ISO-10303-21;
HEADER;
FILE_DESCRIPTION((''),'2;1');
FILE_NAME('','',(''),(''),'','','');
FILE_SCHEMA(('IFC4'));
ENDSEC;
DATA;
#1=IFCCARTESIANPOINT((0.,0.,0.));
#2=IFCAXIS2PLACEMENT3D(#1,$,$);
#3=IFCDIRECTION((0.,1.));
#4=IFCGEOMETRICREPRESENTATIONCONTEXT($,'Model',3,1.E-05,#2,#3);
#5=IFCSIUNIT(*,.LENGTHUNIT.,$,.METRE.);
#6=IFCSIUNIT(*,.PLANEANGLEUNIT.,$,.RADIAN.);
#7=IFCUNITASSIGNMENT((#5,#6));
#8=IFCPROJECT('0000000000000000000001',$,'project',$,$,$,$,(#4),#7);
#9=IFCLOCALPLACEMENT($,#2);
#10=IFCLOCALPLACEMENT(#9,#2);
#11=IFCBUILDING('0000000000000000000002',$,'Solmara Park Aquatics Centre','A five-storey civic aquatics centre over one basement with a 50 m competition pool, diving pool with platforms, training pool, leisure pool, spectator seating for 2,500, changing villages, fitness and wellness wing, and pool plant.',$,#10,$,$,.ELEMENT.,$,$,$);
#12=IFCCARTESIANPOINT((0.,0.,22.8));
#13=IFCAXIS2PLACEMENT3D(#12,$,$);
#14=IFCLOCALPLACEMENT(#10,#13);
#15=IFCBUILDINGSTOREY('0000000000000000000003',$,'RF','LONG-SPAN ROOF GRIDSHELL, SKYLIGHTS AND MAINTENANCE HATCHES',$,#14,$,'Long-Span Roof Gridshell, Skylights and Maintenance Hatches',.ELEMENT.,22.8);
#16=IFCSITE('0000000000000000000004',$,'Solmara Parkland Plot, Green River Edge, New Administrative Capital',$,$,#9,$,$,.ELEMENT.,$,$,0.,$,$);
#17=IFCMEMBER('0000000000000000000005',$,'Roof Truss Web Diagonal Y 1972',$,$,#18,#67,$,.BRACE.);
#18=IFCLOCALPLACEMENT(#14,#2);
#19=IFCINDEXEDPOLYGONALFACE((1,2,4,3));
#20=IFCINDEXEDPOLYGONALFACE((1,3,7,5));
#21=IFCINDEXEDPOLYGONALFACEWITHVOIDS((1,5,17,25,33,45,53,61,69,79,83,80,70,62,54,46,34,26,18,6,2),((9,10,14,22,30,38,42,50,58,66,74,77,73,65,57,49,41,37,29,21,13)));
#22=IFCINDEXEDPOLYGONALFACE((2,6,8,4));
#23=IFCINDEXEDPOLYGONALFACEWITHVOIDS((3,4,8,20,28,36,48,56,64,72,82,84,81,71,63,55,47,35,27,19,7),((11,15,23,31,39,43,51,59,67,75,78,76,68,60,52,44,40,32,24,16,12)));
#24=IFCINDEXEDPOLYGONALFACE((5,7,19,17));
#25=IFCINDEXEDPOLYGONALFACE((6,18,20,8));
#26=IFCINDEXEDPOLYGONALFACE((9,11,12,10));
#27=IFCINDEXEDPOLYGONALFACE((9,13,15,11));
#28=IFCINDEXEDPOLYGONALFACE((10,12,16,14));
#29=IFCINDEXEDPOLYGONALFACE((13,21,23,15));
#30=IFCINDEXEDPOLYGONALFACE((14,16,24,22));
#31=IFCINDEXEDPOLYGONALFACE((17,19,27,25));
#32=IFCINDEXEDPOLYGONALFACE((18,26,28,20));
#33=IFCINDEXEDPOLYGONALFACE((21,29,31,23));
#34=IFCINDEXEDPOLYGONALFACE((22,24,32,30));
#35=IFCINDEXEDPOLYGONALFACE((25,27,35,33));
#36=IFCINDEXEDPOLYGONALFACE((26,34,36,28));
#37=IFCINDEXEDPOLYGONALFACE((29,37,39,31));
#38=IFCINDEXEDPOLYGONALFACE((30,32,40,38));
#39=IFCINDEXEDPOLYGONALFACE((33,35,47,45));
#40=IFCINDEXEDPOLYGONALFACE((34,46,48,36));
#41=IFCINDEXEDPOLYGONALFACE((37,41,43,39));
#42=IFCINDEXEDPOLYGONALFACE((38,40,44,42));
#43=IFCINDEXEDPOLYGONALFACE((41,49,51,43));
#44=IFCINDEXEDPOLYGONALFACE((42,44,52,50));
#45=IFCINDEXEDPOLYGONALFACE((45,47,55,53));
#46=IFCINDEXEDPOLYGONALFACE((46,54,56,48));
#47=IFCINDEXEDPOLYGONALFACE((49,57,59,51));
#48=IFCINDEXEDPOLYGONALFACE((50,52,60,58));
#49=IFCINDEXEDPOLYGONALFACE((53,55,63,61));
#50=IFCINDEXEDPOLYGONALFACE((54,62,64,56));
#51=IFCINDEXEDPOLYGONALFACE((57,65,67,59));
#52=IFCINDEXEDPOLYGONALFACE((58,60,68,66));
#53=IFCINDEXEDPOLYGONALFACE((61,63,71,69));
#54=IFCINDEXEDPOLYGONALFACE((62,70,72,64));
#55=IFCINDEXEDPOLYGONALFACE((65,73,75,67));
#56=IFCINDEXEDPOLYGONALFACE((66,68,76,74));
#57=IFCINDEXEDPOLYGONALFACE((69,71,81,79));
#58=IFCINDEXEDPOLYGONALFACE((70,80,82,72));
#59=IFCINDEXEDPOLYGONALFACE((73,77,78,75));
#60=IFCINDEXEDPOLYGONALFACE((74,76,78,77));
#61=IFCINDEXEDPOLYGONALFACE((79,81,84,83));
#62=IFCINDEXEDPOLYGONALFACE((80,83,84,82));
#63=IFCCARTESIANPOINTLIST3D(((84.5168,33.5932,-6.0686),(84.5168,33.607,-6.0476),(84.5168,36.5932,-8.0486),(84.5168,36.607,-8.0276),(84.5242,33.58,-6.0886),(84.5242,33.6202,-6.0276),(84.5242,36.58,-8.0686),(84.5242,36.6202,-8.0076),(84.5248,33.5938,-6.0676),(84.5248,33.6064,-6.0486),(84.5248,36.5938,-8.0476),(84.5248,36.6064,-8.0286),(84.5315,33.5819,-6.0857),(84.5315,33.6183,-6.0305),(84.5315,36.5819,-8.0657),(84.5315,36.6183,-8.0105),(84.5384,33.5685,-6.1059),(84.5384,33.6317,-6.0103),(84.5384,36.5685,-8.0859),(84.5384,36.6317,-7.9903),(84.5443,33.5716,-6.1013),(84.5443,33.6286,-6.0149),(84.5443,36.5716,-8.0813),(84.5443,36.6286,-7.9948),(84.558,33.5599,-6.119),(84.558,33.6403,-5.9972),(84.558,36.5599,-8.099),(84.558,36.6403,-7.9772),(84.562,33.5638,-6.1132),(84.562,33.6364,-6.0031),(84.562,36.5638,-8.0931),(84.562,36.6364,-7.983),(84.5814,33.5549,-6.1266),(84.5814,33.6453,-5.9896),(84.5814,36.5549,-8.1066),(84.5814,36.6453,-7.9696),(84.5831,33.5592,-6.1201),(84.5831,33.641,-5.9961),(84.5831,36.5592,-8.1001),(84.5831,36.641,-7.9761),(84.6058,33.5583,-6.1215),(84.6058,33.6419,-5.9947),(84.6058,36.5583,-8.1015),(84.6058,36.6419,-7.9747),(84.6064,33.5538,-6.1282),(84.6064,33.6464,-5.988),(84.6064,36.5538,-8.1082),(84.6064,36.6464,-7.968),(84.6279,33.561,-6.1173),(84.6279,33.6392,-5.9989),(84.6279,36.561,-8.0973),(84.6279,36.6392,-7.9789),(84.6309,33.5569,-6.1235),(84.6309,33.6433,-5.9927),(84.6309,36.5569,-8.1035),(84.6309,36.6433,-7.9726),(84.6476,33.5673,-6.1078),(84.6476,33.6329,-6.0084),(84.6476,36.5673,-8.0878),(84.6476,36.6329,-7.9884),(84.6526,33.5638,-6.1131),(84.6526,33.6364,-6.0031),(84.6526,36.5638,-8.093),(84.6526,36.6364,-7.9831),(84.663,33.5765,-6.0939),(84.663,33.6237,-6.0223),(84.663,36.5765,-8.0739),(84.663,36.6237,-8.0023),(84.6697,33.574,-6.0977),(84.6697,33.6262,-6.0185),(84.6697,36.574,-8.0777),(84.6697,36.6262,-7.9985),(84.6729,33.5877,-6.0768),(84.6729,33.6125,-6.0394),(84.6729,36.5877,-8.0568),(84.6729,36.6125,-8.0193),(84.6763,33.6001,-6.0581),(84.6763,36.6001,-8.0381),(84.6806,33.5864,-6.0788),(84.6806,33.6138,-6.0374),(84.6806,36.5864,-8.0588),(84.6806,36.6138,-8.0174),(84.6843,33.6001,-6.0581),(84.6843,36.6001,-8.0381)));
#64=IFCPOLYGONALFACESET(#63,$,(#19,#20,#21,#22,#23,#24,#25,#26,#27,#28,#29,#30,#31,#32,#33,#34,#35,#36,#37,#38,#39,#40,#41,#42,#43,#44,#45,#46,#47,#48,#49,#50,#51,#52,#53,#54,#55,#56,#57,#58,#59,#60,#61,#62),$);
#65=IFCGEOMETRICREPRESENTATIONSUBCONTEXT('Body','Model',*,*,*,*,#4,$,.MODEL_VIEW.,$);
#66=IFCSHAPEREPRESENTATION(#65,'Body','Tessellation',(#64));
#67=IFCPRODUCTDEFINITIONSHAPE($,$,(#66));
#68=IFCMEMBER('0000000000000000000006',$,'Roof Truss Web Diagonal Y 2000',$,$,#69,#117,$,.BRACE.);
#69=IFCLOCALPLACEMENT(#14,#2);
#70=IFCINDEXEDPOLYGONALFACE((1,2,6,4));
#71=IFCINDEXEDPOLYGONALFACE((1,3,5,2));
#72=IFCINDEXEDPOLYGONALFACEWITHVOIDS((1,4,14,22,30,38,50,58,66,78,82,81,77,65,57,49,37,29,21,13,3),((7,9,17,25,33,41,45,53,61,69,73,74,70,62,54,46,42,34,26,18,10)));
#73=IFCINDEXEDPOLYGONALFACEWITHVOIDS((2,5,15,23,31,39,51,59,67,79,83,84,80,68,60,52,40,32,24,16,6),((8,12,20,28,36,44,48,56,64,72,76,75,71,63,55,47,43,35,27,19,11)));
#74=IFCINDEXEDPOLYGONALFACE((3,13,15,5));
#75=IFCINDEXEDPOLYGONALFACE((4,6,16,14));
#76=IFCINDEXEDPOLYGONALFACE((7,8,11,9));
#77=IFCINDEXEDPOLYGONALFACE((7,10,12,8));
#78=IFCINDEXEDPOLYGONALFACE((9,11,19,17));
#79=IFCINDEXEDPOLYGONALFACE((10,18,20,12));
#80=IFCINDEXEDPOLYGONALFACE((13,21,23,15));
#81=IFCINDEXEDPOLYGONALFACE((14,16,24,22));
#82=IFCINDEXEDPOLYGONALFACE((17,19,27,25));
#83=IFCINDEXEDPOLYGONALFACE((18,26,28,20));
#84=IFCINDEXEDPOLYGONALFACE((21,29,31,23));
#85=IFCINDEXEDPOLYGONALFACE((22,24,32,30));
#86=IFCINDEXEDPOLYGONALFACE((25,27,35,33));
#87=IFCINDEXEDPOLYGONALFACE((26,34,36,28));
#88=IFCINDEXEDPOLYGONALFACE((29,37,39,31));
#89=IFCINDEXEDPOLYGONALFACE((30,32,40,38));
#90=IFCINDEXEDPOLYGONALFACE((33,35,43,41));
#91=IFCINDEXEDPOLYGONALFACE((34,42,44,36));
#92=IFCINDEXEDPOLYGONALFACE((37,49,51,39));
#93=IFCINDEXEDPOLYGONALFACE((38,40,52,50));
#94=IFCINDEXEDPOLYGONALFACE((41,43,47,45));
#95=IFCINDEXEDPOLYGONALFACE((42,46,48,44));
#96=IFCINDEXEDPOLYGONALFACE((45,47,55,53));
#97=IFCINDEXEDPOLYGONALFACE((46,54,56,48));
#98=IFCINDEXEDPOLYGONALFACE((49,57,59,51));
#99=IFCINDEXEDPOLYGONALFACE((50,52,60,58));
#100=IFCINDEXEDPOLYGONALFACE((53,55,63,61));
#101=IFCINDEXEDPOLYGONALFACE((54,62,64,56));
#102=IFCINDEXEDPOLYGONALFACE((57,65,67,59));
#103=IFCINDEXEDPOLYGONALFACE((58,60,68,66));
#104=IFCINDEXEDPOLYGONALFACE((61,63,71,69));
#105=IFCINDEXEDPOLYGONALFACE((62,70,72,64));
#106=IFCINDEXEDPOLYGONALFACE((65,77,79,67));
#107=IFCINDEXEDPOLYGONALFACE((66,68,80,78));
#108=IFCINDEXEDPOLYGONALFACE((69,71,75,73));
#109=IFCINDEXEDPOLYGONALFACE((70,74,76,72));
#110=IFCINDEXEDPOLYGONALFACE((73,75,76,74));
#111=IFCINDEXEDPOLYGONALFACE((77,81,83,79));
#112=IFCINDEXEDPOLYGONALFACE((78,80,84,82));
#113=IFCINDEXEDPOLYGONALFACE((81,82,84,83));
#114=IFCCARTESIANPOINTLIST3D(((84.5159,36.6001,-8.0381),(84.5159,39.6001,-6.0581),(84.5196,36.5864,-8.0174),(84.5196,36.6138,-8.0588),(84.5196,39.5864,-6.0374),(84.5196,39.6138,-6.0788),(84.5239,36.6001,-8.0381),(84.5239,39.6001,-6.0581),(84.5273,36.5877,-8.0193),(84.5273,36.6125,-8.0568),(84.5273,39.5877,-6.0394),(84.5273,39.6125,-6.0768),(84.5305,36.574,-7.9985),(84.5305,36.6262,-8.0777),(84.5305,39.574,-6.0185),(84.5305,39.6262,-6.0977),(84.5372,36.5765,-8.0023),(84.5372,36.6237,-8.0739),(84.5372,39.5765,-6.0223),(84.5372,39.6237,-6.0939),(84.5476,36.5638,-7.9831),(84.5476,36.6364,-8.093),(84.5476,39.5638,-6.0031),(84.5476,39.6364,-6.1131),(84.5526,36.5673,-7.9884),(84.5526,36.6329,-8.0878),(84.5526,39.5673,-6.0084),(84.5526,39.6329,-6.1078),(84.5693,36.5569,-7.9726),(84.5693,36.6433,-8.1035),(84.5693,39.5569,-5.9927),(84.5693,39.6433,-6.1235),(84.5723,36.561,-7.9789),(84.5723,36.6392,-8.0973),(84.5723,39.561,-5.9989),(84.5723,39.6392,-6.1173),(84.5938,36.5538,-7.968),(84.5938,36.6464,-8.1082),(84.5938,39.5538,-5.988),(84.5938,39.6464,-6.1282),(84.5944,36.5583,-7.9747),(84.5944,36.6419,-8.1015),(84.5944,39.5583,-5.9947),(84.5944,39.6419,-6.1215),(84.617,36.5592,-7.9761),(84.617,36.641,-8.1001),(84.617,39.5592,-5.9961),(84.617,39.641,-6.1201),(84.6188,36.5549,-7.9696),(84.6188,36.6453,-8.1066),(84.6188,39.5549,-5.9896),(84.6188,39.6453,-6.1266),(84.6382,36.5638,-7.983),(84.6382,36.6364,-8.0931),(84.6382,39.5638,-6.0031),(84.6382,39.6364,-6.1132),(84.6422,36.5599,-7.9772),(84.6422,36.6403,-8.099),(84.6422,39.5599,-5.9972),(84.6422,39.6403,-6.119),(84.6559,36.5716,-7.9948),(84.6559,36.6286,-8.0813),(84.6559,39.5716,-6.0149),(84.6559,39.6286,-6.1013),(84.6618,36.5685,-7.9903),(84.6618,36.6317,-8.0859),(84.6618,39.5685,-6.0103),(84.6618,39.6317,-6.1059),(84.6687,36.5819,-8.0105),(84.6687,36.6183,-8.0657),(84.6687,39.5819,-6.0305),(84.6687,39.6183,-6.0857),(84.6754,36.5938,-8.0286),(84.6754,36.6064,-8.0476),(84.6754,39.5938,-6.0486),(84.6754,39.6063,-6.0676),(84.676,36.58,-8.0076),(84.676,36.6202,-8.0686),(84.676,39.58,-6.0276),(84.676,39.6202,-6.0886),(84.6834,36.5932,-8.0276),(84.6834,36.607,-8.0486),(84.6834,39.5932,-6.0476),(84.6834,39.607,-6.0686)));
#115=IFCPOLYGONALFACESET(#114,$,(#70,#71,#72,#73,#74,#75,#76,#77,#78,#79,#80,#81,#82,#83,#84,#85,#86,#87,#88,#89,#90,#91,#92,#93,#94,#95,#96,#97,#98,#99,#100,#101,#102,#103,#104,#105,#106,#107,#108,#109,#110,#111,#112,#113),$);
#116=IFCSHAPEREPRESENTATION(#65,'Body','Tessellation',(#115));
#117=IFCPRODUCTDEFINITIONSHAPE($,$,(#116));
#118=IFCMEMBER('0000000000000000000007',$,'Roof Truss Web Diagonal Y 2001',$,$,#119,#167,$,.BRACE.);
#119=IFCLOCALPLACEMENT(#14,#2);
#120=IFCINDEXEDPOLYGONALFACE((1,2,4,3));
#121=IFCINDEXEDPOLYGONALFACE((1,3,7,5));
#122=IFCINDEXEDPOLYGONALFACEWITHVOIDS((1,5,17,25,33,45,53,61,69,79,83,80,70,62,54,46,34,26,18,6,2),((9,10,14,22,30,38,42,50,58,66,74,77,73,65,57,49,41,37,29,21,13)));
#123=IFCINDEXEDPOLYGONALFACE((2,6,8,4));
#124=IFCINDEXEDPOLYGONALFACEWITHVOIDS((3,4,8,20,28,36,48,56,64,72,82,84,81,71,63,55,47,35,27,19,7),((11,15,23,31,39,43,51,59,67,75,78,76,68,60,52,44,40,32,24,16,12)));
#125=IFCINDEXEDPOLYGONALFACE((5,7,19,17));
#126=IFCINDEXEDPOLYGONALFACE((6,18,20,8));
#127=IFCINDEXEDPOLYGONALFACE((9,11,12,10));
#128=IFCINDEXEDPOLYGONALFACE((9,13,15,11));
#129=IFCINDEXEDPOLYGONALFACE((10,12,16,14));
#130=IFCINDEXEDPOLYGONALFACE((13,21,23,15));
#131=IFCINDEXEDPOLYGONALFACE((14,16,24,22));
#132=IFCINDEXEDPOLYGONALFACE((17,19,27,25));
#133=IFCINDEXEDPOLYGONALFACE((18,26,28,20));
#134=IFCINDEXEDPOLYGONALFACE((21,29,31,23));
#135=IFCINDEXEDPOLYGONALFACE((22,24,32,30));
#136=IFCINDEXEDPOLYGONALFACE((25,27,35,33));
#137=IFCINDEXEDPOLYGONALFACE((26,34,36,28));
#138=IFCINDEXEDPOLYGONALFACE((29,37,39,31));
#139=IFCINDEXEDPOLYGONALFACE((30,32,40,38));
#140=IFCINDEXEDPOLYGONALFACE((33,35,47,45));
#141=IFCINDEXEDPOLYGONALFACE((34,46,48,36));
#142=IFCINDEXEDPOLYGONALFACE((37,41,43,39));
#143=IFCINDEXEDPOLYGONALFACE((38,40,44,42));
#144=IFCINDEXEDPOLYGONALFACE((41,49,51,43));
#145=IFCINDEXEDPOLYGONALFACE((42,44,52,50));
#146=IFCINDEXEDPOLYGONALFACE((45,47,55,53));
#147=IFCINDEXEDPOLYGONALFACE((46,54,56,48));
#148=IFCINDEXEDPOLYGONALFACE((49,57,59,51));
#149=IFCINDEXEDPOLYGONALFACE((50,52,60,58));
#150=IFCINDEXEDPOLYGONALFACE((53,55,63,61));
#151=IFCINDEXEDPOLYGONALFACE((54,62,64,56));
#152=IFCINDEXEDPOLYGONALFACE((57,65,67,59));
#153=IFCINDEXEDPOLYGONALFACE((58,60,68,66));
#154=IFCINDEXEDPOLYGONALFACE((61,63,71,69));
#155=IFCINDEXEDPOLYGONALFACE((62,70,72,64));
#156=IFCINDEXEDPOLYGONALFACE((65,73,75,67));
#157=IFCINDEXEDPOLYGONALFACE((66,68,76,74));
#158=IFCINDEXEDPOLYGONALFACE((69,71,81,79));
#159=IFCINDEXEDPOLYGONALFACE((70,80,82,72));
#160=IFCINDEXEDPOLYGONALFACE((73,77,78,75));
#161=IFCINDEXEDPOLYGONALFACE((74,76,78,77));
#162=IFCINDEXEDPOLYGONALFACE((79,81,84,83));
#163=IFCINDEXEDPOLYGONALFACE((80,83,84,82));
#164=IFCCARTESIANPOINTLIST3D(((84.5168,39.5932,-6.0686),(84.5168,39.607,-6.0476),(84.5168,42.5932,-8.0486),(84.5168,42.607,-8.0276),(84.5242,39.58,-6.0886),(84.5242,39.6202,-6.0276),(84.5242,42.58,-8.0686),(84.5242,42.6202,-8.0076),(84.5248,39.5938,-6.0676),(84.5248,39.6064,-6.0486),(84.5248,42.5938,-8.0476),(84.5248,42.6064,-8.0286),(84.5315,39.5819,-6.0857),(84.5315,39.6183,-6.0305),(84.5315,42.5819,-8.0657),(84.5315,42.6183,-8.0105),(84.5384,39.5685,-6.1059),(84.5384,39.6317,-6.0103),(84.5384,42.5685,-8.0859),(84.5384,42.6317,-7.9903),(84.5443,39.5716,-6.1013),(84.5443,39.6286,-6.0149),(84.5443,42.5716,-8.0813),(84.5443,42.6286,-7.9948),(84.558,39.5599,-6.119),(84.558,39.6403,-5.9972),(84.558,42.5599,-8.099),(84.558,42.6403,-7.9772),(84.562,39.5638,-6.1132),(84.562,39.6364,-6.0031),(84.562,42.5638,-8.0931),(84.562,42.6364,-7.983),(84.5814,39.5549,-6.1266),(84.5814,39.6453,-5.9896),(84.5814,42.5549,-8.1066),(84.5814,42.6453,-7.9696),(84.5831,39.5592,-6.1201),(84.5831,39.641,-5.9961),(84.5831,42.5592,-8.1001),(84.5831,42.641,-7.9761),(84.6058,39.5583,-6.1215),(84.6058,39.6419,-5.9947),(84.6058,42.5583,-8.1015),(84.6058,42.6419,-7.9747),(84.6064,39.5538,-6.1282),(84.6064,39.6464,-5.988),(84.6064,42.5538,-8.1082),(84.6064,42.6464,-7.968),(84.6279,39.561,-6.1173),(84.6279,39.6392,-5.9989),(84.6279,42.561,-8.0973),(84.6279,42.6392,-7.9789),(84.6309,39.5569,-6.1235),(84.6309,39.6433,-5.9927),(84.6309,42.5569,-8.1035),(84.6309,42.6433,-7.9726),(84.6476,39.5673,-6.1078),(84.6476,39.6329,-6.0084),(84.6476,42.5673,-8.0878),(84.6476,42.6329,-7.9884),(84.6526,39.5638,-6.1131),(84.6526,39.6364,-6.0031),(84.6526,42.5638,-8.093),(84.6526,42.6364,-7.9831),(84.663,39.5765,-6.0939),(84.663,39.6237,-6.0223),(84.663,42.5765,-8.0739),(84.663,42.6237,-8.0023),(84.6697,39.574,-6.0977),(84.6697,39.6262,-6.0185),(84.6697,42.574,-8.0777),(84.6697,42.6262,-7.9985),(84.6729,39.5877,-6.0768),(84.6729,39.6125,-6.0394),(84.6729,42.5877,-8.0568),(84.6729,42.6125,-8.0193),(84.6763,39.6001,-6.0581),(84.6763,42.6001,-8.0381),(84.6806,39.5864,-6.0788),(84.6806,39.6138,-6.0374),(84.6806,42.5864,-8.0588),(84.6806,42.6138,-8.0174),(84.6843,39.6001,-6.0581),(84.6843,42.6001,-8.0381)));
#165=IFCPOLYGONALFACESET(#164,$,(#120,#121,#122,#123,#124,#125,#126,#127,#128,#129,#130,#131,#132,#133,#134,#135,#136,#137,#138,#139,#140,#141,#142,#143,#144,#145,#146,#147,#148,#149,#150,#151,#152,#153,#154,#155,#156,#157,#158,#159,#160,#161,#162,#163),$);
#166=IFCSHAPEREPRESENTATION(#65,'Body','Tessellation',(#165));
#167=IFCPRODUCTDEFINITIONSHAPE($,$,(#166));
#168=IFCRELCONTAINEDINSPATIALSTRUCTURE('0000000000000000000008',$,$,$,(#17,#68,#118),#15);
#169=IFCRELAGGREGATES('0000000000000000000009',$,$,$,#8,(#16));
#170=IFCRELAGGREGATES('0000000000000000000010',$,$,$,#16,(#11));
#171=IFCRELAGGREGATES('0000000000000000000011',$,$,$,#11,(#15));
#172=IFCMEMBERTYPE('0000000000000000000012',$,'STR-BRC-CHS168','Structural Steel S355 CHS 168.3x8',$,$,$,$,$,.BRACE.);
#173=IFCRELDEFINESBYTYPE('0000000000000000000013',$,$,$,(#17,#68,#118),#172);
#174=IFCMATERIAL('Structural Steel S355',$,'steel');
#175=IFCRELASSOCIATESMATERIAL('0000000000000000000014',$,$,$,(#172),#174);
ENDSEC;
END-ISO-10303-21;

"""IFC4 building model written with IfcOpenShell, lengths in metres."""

from ifc_helpers import new_model, si_unit, direction, frame, origin, origin_2d, place, context, subcontext, project, spatial, hollow_circle, extrude, material, material_profile, profile_set, type_object, element, save


model = new_model("IFC4")

# Units and contexts
model_context = context("Model", 3, precision=1e-05, world=origin(), true_north=direction((0.0, 1.0)))
body_context = subcontext(model_context, "Body", "Model", "MODEL_VIEW")
ifc_project = project(units=[si_unit("LENGTHUNIT", "METRE"), si_unit("PLANEANGLEUNIT", "RADIAN")], contexts=[model_context])

# Site, building, storey
site_placement = place(None, origin())
site = spatial("IfcSite", under=ifc_project, at=site_placement, Name="Solmara Parkland Plot, Green River Edge, New Administrative Capital", CompositionType="ELEMENT", RefElevation=0.0)
building_placement = place(site_placement, origin())
building = spatial("IfcBuilding", under=site, at=building_placement, Name="Solmara Park Aquatics Centre", Description="A five-storey civic aquatics centre over one basement with a 50 m competition pool, diving pool with platforms, training pool, leisure pool, spectator seating for 2,500, changing villages, fitness and wellness wing, and pool plant.", CompositionType="ELEMENT")
storey_placement = place(building_placement, frame((0.0, 0.0, 22.8)))
storey = spatial("IfcBuildingStorey", under=building, at=storey_placement, Name="RF", Description="LONG-SPAN ROOF GRIDSHELL, SKYLIGHTS AND MAINTENANCE HATCHES", LongName="Long-Span Roof Gridshell, Skylights and Maintenance Hatches", CompositionType="ELEMENT", Elevation=22.8)

# Members
ifc_material_1 = material(Name="Structural Steel S355", Category="steel")
ifc_material_profile_1 = material_profile(ifc_material_1, hollow_circle(Radius=0.0842, WallThickness=0.0081, at=origin_2d()), Name="CHS 168.3x8")
ifc_profile_set_1 = profile_set([ifc_material_profile_1], Name="Structural Steel S355")
member_type_1 = type_object("IfcMemberType", Name="STR-BRC-CHS168", Description="Structural Steel S355 CHS 168.3x8", PredefinedType="BRACE", material=ifc_profile_set_1)
for number, where, z_axis, x_axis, name in (
    (1, (84.6001, 36.6001, -8.0381), (0.0, -0.834612, 0.550838), (1.0, 0.0, 0.0), "Roof Truss Web Diagonal Y 1972"),
    (2, (84.6001, 36.6001, -8.0381), (0.0, 0.834612, 0.550838), (-1.0, 0.0, 0.0), "Roof Truss Web Diagonal Y 2000"),
    (3, (84.6001, 42.6001, -8.0381), (0.0, -0.834612, 0.550838), (1.0, 0.0, 0.0), "Roof Truss Web Diagonal Y 2001"),
):
    element("IfcMember", number, at=place(storey_placement, frame(where, z_axis=z_axis, x_axis=x_axis)), inside=storey, type_object=member_type_1, Name=name, PredefinedType="BRACE", context=body_context, shape_type="SweptSolid", body=[
        extrude(hollow_circle(Radius=0.0842, WallThickness=0.0081, at=origin_2d()), origin(), (0.0, 0.0, 1.0), 3.5945),
    ])

save(model, "model.ifc")
